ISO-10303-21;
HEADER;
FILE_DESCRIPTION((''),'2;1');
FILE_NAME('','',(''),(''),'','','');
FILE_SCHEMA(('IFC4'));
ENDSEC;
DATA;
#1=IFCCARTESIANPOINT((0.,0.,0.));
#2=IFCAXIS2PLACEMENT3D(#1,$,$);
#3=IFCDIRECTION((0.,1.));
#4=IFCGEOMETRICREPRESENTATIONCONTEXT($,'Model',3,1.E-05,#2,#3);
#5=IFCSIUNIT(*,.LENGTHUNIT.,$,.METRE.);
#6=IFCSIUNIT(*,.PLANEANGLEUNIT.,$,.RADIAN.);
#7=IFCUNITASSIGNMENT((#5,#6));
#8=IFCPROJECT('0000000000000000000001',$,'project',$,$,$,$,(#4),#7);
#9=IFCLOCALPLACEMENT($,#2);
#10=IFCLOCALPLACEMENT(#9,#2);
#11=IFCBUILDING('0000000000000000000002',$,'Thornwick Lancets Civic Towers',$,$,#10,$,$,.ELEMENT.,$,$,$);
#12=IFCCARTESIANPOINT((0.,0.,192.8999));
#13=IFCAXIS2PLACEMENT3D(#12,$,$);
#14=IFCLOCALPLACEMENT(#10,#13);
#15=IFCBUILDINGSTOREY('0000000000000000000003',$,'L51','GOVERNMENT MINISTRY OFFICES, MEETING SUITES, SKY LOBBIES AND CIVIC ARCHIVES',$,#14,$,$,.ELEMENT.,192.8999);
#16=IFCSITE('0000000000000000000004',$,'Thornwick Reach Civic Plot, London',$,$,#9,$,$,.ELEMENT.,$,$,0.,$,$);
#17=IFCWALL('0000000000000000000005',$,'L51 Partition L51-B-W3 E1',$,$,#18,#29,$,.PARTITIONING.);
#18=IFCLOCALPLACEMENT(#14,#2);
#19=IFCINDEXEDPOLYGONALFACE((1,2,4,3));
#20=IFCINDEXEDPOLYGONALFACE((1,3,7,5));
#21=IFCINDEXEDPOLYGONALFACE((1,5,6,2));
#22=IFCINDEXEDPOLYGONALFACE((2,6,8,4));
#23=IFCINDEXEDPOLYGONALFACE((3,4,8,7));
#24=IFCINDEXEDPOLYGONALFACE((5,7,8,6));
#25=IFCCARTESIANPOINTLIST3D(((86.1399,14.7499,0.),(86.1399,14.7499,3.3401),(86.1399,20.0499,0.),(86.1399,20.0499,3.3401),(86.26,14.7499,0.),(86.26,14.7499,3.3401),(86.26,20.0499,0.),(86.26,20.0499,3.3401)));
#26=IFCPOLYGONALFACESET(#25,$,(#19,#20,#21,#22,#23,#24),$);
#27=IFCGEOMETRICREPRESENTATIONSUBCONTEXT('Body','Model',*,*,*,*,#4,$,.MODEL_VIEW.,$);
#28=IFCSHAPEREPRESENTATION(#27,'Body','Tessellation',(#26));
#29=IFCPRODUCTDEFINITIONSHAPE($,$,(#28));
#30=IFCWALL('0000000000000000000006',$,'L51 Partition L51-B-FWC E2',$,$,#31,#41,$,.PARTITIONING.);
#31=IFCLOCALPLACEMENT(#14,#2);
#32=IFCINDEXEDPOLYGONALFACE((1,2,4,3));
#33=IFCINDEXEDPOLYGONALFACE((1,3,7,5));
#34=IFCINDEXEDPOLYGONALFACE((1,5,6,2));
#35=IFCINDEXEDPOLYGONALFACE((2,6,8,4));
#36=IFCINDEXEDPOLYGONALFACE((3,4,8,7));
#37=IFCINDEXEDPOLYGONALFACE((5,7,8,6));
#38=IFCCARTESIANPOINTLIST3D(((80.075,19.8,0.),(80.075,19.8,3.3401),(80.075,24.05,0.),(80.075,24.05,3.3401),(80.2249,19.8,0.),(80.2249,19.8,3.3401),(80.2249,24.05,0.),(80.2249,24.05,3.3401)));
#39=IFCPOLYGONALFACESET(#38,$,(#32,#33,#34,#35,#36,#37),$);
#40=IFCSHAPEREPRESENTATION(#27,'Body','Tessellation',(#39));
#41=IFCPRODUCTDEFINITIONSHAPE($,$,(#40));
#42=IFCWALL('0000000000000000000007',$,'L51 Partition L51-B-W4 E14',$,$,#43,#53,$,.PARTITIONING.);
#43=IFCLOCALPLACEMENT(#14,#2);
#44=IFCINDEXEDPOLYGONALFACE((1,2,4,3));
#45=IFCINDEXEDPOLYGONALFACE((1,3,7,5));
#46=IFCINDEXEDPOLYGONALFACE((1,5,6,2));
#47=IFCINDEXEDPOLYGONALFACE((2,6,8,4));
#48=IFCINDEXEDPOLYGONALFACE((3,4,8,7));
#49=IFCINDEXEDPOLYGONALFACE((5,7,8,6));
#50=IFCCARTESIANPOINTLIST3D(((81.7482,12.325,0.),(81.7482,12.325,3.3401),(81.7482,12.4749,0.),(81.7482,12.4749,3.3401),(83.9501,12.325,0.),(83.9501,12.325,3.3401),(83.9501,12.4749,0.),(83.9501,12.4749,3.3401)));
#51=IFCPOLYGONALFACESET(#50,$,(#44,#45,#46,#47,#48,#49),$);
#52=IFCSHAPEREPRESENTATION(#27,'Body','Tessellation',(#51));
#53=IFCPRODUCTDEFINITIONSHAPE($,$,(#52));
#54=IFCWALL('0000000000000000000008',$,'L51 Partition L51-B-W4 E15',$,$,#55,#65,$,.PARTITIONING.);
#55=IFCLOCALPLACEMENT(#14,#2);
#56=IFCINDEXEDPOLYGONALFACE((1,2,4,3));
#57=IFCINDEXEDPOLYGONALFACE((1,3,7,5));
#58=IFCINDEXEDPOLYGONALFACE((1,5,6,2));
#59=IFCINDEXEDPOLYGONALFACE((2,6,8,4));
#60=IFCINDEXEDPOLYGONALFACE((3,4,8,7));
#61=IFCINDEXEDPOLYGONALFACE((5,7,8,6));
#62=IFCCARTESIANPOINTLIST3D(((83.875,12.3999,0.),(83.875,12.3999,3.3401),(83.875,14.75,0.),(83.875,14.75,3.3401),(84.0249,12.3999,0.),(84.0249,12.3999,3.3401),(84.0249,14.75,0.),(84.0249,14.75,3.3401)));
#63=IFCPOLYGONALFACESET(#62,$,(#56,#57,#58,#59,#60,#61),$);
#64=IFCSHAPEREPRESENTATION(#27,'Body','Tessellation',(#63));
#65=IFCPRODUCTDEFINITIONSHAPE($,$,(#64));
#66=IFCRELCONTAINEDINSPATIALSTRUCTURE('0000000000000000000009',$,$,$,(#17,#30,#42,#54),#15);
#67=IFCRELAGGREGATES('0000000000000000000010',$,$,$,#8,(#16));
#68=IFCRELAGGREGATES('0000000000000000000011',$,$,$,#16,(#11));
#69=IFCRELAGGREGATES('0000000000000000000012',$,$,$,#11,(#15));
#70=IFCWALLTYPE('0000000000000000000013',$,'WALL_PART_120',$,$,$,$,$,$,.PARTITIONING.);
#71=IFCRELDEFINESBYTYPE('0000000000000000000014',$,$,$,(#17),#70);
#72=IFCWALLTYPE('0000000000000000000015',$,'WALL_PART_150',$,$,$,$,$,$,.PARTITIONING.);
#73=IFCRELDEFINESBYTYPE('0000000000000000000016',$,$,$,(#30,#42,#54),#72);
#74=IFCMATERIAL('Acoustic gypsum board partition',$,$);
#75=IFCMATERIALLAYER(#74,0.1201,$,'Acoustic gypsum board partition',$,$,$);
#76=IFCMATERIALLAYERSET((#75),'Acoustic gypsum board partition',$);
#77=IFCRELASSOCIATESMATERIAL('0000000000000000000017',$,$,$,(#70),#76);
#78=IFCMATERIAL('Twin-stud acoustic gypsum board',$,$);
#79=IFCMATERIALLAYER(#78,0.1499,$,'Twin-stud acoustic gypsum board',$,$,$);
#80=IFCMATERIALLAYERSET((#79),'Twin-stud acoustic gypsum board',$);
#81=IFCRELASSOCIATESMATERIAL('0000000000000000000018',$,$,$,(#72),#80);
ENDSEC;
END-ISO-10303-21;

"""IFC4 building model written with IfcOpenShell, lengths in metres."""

from ifc_helpers import new_model, si_unit, direction, frame, frame_2d, origin, place, context, subcontext, project, spatial, rectangle, extrude, material, layer, layer_set, type_object, element, save


model = new_model("IFC4")

# Units and contexts
model_context = context("Model", 3, precision=1e-05, world=origin(), true_north=direction((0.0, 1.0)))
body_context = subcontext(model_context, "Body", "Model", "MODEL_VIEW")
ifc_project = project(units=[si_unit("LENGTHUNIT", "METRE"), si_unit("PLANEANGLEUNIT", "RADIAN")], contexts=[model_context])

# Site, building, storey
site_placement = place(None, origin())
site = spatial("IfcSite", under=ifc_project, at=site_placement, Name="Thornwick Reach Civic Plot, London", CompositionType="ELEMENT", RefElevation=0.0)
building_placement = place(site_placement, origin())
building = spatial("IfcBuilding", under=site, at=building_placement, Name="Thornwick Lancets Civic Towers", CompositionType="ELEMENT")
storey_placement = place(building_placement, frame((0.0, 0.0, 192.8999)))
storey = spatial("IfcBuildingStorey", under=building, at=storey_placement, Name="L51", Description="GOVERNMENT MINISTRY OFFICES, MEETING SUITES, SKY LOBBIES AND CIVIC ARCHIVES", CompositionType="ELEMENT", Elevation=192.8999)

# Walls
ifc_material_1 = material(Name="Acoustic gypsum board partition")
ifc_layer_1 = layer(ifc_material_1, 0.1201, Name="Acoustic gypsum board partition")
ifc_layer_set_1 = layer_set([ifc_layer_1], Name="Acoustic gypsum board partition")
wall_type_1 = type_object("IfcWallType", Name="WALL_PART_120", PredefinedType="PARTITIONING", material=ifc_layer_set_1)
wall_1_placement = place(storey_placement, frame((86.2, 14.75, 0.0), z_axis=(0.0, 0.0, 1.0), x_axis=(0.0, 1.0, 0.0)))
element("IfcWall", 1, at=wall_1_placement, inside=storey, type_object=wall_type_1, Name="L51 Partition L51-B-W3 E1", PredefinedType="PARTITIONING", context=body_context, shape_type="SweptSolid", body=[
    extrude(rectangle(XDim=5.3, YDim=0.1201, at=frame_2d((2.6499, 0.0))), origin(), (0.0, 0.0, 1.0), 3.3401),
])
ifc_material_2 = material(Name="Twin-stud acoustic gypsum board")
ifc_layer_2 = layer(ifc_material_2, 0.1499, Name="Twin-stud acoustic gypsum board")
ifc_layer_set_2 = layer_set([ifc_layer_2], Name="Twin-stud acoustic gypsum board")
wall_type_2 = type_object("IfcWallType", Name="WALL_PART_150", PredefinedType="PARTITIONING", material=ifc_layer_set_2)
wall_2_placement = place(storey_placement, frame((80.1499, 19.8, 0.0), z_axis=(0.0, 0.0, 1.0), x_axis=(0.0, 1.0, 0.0)))
element("IfcWall", 2, at=wall_2_placement, inside=storey, type_object=wall_type_2, Name="L51 Partition L51-B-FWC E2", PredefinedType="PARTITIONING", context=body_context, shape_type="SweptSolid", body=[
    extrude(rectangle(XDim=4.25, YDim=0.1499, at=frame_2d((2.125, 0.0))), origin(), (0.0, 0.0, 1.0), 3.3401),
])

# Walls
wall_3_placement = place(storey_placement, frame((81.748, 12.3999, 0.0), z_axis=(0.0, 0.0, 1.0), x_axis=(1.0, 0.0, 0.0)))
element("IfcWall", 3, at=wall_3_placement, inside=storey, type_object=wall_type_2, Name="L51 Partition L51-B-W4 E14", PredefinedType="PARTITIONING", context=body_context, shape_type="SweptSolid", body=[
    extrude(rectangle(XDim=2.2019, YDim=0.1499, at=frame_2d((1.1011, 0.0))), origin(), (0.0, 0.0, 1.0), 3.3401),
])
wall_4_placement = place(storey_placement, frame((83.95, 12.3999, 0.0), z_axis=(0.0, 0.0, 1.0), x_axis=(0.0, 1.0, 0.0)))
element("IfcWall", 4, at=wall_4_placement, inside=storey, type_object=wall_type_2, Name="L51 Partition L51-B-W4 E15", PredefinedType="PARTITIONING", context=body_context, shape_type="SweptSolid", body=[
    extrude(rectangle(XDim=2.3501, YDim=0.1499, at=frame_2d((1.175, 0.0))), origin(), (0.0, 0.0, 1.0), 3.3401),
])

save(model, "model.ifc")
